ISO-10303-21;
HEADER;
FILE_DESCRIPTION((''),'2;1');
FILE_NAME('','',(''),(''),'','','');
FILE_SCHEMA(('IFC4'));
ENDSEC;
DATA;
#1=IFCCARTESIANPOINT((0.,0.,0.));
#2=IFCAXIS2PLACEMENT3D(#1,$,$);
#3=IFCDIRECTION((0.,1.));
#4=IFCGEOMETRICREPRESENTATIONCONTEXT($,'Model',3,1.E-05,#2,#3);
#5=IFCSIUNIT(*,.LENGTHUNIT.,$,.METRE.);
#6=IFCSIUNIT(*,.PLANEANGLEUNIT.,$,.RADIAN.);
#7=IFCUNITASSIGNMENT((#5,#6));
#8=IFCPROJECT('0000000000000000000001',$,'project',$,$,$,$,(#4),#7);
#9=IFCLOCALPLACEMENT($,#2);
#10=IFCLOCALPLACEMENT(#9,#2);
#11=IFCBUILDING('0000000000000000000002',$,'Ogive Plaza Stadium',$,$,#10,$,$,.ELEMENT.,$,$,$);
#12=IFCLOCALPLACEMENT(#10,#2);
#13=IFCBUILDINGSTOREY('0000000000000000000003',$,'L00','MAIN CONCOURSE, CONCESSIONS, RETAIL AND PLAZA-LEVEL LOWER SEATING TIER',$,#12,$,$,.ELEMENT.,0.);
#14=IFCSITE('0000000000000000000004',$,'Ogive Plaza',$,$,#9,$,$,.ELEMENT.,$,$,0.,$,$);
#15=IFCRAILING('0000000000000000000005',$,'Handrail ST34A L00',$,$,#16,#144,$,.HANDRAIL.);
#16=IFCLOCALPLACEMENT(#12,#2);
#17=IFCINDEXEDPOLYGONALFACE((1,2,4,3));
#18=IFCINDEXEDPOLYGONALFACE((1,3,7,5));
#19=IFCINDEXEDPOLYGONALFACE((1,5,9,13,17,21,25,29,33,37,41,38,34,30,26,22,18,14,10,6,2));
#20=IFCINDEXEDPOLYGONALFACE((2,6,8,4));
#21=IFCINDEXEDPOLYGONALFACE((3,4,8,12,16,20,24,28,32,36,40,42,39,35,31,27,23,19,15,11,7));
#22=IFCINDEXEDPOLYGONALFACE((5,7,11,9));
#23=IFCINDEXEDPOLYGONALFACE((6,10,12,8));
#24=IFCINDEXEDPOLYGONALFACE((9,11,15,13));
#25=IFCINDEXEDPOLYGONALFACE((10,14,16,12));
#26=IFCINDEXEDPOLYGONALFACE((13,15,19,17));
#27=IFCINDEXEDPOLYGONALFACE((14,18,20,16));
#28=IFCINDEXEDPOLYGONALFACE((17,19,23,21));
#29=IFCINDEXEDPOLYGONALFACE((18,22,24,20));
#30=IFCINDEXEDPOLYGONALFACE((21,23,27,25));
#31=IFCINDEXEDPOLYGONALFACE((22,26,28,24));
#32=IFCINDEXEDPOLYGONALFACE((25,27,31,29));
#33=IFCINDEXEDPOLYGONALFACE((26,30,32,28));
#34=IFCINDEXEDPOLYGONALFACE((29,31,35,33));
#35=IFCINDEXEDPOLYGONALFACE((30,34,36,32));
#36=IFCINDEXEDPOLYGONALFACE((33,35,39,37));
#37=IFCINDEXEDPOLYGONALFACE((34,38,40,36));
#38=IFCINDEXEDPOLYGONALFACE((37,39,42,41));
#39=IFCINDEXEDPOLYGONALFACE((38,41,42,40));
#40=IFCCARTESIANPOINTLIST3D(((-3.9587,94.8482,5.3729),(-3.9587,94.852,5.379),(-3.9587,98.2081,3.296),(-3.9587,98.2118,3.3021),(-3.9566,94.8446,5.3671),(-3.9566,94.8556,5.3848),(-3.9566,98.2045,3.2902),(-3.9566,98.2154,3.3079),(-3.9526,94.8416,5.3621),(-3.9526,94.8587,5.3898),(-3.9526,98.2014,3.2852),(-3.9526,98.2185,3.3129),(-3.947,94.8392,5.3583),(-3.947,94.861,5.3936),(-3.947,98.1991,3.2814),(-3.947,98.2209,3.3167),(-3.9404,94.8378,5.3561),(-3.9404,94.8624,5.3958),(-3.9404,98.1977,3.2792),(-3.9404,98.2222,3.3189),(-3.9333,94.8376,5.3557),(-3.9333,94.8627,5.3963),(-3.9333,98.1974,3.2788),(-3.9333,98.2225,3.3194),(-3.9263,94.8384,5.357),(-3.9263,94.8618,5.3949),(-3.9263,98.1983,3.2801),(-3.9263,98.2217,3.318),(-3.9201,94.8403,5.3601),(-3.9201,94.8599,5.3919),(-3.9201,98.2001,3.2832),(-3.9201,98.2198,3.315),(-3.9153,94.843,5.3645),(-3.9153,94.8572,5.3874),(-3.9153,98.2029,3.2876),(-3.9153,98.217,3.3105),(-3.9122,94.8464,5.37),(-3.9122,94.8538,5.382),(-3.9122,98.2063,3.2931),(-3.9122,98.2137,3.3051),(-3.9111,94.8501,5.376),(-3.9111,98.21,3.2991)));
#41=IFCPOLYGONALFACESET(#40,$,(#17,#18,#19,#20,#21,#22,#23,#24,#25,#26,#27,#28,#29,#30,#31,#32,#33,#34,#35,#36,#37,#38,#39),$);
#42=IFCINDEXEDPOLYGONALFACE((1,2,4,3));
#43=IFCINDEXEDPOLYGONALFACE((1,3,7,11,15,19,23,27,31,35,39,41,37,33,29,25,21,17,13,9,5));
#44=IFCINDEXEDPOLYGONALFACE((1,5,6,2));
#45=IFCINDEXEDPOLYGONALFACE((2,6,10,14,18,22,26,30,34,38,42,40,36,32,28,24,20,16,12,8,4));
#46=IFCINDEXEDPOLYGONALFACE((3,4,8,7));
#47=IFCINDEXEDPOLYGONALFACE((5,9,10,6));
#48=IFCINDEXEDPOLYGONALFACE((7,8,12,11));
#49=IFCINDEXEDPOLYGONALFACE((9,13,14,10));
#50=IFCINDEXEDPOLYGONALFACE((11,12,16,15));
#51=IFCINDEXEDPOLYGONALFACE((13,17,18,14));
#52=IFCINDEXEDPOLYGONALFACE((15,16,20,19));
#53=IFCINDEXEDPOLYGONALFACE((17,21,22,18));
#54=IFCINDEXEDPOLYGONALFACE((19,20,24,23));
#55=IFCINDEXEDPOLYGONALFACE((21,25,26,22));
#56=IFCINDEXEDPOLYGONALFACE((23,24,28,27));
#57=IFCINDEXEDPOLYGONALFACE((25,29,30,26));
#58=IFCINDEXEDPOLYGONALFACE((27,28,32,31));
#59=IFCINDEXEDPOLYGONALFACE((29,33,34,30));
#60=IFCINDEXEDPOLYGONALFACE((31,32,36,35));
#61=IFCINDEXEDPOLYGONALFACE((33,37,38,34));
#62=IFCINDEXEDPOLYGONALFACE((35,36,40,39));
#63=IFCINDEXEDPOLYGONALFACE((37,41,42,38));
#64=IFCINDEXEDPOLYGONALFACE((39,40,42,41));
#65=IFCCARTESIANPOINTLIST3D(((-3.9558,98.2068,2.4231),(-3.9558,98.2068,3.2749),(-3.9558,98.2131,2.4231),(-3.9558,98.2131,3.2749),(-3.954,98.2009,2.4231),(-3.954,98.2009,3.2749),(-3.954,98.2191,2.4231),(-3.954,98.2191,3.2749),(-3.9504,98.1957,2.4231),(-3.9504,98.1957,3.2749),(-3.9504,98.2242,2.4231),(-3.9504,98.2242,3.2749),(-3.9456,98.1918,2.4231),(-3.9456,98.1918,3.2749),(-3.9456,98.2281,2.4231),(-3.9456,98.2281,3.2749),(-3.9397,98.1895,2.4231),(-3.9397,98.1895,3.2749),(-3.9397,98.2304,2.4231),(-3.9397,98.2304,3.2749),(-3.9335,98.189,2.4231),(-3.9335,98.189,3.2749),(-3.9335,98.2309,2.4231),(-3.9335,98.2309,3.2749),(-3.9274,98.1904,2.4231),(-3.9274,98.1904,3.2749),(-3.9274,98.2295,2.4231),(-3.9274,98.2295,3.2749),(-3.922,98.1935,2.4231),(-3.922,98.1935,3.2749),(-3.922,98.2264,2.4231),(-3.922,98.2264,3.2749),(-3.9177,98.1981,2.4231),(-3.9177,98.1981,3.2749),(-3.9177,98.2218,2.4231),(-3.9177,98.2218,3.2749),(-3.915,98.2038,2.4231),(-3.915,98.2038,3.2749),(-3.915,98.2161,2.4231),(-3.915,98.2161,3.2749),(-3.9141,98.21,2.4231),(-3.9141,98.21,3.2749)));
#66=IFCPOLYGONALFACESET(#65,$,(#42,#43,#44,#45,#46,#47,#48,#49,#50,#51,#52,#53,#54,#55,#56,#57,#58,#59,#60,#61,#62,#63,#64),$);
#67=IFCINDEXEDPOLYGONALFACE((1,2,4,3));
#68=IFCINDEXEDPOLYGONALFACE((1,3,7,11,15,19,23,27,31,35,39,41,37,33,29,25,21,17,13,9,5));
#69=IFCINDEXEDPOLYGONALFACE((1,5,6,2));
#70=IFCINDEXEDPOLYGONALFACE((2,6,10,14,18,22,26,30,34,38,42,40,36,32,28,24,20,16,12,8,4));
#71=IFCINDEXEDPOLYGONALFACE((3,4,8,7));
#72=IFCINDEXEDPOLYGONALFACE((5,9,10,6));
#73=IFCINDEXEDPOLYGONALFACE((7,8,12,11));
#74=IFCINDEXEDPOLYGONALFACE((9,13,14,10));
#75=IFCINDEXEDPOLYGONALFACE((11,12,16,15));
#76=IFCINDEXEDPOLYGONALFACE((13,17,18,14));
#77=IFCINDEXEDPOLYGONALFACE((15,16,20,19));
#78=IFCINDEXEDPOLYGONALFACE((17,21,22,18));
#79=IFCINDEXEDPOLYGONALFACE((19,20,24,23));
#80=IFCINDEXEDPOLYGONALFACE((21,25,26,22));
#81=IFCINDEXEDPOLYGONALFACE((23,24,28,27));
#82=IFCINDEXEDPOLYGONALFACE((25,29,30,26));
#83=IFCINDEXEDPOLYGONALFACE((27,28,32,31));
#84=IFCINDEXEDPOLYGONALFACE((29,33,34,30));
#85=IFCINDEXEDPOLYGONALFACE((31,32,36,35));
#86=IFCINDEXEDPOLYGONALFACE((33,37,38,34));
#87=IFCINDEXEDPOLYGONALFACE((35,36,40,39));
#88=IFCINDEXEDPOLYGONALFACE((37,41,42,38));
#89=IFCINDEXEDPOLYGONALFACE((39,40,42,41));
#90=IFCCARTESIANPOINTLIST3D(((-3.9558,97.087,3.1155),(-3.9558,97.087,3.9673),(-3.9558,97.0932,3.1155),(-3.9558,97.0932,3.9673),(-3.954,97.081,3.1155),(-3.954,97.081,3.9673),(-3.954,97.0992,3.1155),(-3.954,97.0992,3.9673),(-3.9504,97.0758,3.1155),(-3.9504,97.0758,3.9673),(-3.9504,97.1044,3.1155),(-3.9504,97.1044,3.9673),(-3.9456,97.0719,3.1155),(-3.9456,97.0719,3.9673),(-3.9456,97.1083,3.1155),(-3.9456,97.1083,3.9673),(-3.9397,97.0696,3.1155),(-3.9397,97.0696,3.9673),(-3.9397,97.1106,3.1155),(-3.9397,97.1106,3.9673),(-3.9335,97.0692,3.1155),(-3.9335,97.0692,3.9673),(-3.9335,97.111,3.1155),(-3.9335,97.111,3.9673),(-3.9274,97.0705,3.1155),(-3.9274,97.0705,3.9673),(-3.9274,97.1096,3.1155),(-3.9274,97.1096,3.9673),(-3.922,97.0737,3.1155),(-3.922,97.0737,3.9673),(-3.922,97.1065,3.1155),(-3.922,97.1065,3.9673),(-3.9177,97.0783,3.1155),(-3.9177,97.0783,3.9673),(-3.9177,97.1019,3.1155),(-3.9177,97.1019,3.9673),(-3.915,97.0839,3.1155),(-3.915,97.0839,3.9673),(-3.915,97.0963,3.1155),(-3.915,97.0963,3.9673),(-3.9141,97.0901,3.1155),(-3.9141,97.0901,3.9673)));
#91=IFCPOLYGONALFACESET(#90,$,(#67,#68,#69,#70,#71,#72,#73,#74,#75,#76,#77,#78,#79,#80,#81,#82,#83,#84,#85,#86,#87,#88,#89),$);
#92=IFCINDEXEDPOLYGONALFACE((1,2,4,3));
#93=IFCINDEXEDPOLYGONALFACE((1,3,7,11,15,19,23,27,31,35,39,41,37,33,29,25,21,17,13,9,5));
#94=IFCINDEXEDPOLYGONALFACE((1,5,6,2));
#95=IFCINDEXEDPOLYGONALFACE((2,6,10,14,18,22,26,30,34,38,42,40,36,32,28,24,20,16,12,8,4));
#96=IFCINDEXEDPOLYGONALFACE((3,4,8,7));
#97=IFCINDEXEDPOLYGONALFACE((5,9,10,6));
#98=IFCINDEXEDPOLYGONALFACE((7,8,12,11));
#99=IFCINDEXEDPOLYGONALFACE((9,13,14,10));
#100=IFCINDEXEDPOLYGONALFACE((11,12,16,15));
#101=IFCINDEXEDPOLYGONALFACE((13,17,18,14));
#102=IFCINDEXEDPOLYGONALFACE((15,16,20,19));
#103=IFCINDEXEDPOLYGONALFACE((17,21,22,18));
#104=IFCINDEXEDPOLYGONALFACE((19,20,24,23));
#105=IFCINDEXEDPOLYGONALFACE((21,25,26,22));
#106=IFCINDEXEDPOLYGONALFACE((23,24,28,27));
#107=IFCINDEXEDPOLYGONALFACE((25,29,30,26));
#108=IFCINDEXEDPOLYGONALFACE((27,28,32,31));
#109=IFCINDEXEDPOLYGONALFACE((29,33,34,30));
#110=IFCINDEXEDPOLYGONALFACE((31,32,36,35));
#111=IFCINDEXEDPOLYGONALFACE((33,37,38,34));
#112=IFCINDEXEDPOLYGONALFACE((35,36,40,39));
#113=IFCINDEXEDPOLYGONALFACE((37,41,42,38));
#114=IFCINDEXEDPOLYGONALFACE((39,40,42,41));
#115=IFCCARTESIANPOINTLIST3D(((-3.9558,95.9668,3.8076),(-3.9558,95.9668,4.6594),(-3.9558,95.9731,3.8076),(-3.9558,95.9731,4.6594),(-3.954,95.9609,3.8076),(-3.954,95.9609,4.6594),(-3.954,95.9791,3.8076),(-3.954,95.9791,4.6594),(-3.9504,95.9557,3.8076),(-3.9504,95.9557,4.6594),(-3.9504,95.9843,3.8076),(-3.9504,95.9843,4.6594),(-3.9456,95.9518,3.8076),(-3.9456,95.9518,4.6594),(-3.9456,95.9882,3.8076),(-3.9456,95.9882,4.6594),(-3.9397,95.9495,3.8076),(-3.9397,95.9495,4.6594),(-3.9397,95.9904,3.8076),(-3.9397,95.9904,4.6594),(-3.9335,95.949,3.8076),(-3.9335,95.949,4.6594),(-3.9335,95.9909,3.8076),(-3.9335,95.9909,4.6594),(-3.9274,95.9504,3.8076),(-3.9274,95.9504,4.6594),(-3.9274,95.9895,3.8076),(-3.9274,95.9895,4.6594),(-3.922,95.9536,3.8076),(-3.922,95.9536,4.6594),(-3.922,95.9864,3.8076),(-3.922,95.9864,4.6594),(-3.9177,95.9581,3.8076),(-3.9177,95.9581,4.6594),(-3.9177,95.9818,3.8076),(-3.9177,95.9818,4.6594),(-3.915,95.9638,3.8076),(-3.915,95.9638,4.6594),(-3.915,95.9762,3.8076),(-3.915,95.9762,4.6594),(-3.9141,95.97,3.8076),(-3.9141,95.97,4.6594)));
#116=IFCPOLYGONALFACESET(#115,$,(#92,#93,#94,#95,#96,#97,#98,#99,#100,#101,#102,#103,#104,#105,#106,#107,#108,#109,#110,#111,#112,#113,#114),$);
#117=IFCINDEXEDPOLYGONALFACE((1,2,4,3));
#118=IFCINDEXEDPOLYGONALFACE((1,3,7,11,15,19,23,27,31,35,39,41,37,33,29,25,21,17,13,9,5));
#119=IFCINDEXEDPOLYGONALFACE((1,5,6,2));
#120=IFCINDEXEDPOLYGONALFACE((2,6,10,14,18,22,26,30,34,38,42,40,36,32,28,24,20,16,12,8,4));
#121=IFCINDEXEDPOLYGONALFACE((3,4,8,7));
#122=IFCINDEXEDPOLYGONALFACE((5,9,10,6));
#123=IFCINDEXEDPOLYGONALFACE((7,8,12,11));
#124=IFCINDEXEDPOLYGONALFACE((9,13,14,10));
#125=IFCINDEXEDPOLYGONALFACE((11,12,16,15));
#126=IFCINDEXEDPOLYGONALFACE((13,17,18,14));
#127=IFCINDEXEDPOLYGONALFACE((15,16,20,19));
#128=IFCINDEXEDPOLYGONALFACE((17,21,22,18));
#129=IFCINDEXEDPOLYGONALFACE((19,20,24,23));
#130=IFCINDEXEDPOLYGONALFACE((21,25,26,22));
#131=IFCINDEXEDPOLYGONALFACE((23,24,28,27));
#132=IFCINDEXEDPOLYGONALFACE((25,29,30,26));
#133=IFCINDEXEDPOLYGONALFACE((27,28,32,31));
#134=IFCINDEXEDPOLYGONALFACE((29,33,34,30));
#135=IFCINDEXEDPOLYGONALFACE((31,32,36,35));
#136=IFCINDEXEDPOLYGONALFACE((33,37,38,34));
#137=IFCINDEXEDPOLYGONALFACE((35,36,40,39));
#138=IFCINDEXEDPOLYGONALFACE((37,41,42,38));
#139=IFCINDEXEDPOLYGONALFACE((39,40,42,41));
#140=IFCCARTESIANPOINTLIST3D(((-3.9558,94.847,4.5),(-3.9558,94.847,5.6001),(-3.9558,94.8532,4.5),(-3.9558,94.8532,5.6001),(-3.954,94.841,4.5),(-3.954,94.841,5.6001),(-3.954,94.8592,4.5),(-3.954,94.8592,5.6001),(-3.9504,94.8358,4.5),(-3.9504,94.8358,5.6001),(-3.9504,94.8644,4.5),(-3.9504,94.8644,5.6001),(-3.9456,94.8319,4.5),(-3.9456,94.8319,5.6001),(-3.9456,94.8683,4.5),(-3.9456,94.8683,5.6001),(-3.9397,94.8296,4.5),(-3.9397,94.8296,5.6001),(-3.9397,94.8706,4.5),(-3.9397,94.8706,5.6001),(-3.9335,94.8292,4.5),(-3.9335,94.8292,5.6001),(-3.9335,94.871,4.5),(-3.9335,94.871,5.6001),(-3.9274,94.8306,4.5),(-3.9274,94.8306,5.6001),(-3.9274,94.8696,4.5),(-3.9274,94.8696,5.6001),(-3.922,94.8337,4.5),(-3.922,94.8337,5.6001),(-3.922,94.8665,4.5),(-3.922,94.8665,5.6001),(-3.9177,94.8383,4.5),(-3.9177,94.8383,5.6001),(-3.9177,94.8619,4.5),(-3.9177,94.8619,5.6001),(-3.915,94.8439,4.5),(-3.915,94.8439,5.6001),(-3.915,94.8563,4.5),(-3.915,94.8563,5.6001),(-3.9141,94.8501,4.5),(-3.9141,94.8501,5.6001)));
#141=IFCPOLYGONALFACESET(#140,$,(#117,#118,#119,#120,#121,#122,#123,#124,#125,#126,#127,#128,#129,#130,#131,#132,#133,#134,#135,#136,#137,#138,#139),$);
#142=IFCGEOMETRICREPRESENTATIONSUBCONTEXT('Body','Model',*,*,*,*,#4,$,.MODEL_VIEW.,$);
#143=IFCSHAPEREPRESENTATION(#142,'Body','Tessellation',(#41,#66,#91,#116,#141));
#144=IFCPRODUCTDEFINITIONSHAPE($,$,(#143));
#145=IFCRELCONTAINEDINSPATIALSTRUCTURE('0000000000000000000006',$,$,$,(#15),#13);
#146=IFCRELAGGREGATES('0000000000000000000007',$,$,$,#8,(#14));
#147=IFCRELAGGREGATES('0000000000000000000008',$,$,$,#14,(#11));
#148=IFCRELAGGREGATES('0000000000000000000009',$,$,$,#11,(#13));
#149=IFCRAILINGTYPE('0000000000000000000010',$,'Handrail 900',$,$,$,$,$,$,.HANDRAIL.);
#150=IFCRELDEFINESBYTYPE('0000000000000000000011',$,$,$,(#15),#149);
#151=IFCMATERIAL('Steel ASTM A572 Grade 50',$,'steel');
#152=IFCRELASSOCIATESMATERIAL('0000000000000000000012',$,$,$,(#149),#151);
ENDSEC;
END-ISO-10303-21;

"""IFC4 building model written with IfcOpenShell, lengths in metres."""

from ifc_helpers import new_model, si_unit, direction, frame, origin, origin_2d, place, context, subcontext, project, spatial, circle, extrude, material, type_object, element, save


model = new_model("IFC4")

# Units and contexts
model_context = context("Model", 3, precision=1e-05, world=origin(), true_north=direction((0.0, 1.0)))
body_context = subcontext(model_context, "Body", "Model", "MODEL_VIEW")
ifc_project = project(units=[si_unit("LENGTHUNIT", "METRE"), si_unit("PLANEANGLEUNIT", "RADIAN")], contexts=[model_context])

# Site, building, storey
site_placement = place(None, origin())
site = spatial("IfcSite", under=ifc_project, at=site_placement, Name="Ogive Plaza", CompositionType="ELEMENT", RefElevation=0.0)
building_placement = place(site_placement, origin())
building = spatial("IfcBuilding", under=site, at=building_placement, Name="Ogive Plaza Stadium", CompositionType="ELEMENT")
storey_placement = place(building_placement, origin())
storey = spatial("IfcBuildingStorey", under=building, at=storey_placement, Name="L00", Description="MAIN CONCOURSE, CONCESSIONS, RETAIL AND PLAZA-LEVEL LOWER SEATING TIER", CompositionType="ELEMENT", Elevation=0.0)

# Railing
ifc_material_1 = material(Name="Steel ASTM A572 Grade 50", Category="steel")
railing_type_1 = type_object("IfcRailingType", Name="Handrail 900", PredefinedType="HANDRAIL", material=ifc_material_1)
for number, where, name in (
    (1, (-3.9351, 98.21, 2.4231), "Handrail ST34A L00"),
):
    element("IfcRailing", number, at=place(storey_placement, frame(where)), inside=storey, type_object=railing_type_1, Name=name, PredefinedType="HANDRAIL", context=body_context, shape_type="SweptSolid", body=[
        extrude(circle(Radius=0.0239, at=origin_2d()), frame((0.0, 0.0, 0.876), z_axis=(0.0, -0.850606, 0.525803), x_axis=(1.0, 0.0, 0.0)), (0.0, 0.0, 1.0), 3.95),
        extrude(circle(Radius=0.021, at=origin_2d()), origin(), (0.0, 0.0, 1.0), 0.8518),
        extrude(circle(Radius=0.021, at=origin_2d()), frame((0.0, -1.1199, 0.6924)), (0.0, 0.0, 1.0), 0.8518),
        extrude(circle(Radius=0.021, at=origin_2d()), frame((0.0, -2.24, 1.3845)), (0.0, 0.0, 1.0), 0.8518),
        extrude(circle(Radius=0.021, at=origin_2d()), frame((0.0, -3.3599, 2.0769)), (0.0, 0.0, 1.0), 1.1001),
    ])

save(model, "model.ifc")
